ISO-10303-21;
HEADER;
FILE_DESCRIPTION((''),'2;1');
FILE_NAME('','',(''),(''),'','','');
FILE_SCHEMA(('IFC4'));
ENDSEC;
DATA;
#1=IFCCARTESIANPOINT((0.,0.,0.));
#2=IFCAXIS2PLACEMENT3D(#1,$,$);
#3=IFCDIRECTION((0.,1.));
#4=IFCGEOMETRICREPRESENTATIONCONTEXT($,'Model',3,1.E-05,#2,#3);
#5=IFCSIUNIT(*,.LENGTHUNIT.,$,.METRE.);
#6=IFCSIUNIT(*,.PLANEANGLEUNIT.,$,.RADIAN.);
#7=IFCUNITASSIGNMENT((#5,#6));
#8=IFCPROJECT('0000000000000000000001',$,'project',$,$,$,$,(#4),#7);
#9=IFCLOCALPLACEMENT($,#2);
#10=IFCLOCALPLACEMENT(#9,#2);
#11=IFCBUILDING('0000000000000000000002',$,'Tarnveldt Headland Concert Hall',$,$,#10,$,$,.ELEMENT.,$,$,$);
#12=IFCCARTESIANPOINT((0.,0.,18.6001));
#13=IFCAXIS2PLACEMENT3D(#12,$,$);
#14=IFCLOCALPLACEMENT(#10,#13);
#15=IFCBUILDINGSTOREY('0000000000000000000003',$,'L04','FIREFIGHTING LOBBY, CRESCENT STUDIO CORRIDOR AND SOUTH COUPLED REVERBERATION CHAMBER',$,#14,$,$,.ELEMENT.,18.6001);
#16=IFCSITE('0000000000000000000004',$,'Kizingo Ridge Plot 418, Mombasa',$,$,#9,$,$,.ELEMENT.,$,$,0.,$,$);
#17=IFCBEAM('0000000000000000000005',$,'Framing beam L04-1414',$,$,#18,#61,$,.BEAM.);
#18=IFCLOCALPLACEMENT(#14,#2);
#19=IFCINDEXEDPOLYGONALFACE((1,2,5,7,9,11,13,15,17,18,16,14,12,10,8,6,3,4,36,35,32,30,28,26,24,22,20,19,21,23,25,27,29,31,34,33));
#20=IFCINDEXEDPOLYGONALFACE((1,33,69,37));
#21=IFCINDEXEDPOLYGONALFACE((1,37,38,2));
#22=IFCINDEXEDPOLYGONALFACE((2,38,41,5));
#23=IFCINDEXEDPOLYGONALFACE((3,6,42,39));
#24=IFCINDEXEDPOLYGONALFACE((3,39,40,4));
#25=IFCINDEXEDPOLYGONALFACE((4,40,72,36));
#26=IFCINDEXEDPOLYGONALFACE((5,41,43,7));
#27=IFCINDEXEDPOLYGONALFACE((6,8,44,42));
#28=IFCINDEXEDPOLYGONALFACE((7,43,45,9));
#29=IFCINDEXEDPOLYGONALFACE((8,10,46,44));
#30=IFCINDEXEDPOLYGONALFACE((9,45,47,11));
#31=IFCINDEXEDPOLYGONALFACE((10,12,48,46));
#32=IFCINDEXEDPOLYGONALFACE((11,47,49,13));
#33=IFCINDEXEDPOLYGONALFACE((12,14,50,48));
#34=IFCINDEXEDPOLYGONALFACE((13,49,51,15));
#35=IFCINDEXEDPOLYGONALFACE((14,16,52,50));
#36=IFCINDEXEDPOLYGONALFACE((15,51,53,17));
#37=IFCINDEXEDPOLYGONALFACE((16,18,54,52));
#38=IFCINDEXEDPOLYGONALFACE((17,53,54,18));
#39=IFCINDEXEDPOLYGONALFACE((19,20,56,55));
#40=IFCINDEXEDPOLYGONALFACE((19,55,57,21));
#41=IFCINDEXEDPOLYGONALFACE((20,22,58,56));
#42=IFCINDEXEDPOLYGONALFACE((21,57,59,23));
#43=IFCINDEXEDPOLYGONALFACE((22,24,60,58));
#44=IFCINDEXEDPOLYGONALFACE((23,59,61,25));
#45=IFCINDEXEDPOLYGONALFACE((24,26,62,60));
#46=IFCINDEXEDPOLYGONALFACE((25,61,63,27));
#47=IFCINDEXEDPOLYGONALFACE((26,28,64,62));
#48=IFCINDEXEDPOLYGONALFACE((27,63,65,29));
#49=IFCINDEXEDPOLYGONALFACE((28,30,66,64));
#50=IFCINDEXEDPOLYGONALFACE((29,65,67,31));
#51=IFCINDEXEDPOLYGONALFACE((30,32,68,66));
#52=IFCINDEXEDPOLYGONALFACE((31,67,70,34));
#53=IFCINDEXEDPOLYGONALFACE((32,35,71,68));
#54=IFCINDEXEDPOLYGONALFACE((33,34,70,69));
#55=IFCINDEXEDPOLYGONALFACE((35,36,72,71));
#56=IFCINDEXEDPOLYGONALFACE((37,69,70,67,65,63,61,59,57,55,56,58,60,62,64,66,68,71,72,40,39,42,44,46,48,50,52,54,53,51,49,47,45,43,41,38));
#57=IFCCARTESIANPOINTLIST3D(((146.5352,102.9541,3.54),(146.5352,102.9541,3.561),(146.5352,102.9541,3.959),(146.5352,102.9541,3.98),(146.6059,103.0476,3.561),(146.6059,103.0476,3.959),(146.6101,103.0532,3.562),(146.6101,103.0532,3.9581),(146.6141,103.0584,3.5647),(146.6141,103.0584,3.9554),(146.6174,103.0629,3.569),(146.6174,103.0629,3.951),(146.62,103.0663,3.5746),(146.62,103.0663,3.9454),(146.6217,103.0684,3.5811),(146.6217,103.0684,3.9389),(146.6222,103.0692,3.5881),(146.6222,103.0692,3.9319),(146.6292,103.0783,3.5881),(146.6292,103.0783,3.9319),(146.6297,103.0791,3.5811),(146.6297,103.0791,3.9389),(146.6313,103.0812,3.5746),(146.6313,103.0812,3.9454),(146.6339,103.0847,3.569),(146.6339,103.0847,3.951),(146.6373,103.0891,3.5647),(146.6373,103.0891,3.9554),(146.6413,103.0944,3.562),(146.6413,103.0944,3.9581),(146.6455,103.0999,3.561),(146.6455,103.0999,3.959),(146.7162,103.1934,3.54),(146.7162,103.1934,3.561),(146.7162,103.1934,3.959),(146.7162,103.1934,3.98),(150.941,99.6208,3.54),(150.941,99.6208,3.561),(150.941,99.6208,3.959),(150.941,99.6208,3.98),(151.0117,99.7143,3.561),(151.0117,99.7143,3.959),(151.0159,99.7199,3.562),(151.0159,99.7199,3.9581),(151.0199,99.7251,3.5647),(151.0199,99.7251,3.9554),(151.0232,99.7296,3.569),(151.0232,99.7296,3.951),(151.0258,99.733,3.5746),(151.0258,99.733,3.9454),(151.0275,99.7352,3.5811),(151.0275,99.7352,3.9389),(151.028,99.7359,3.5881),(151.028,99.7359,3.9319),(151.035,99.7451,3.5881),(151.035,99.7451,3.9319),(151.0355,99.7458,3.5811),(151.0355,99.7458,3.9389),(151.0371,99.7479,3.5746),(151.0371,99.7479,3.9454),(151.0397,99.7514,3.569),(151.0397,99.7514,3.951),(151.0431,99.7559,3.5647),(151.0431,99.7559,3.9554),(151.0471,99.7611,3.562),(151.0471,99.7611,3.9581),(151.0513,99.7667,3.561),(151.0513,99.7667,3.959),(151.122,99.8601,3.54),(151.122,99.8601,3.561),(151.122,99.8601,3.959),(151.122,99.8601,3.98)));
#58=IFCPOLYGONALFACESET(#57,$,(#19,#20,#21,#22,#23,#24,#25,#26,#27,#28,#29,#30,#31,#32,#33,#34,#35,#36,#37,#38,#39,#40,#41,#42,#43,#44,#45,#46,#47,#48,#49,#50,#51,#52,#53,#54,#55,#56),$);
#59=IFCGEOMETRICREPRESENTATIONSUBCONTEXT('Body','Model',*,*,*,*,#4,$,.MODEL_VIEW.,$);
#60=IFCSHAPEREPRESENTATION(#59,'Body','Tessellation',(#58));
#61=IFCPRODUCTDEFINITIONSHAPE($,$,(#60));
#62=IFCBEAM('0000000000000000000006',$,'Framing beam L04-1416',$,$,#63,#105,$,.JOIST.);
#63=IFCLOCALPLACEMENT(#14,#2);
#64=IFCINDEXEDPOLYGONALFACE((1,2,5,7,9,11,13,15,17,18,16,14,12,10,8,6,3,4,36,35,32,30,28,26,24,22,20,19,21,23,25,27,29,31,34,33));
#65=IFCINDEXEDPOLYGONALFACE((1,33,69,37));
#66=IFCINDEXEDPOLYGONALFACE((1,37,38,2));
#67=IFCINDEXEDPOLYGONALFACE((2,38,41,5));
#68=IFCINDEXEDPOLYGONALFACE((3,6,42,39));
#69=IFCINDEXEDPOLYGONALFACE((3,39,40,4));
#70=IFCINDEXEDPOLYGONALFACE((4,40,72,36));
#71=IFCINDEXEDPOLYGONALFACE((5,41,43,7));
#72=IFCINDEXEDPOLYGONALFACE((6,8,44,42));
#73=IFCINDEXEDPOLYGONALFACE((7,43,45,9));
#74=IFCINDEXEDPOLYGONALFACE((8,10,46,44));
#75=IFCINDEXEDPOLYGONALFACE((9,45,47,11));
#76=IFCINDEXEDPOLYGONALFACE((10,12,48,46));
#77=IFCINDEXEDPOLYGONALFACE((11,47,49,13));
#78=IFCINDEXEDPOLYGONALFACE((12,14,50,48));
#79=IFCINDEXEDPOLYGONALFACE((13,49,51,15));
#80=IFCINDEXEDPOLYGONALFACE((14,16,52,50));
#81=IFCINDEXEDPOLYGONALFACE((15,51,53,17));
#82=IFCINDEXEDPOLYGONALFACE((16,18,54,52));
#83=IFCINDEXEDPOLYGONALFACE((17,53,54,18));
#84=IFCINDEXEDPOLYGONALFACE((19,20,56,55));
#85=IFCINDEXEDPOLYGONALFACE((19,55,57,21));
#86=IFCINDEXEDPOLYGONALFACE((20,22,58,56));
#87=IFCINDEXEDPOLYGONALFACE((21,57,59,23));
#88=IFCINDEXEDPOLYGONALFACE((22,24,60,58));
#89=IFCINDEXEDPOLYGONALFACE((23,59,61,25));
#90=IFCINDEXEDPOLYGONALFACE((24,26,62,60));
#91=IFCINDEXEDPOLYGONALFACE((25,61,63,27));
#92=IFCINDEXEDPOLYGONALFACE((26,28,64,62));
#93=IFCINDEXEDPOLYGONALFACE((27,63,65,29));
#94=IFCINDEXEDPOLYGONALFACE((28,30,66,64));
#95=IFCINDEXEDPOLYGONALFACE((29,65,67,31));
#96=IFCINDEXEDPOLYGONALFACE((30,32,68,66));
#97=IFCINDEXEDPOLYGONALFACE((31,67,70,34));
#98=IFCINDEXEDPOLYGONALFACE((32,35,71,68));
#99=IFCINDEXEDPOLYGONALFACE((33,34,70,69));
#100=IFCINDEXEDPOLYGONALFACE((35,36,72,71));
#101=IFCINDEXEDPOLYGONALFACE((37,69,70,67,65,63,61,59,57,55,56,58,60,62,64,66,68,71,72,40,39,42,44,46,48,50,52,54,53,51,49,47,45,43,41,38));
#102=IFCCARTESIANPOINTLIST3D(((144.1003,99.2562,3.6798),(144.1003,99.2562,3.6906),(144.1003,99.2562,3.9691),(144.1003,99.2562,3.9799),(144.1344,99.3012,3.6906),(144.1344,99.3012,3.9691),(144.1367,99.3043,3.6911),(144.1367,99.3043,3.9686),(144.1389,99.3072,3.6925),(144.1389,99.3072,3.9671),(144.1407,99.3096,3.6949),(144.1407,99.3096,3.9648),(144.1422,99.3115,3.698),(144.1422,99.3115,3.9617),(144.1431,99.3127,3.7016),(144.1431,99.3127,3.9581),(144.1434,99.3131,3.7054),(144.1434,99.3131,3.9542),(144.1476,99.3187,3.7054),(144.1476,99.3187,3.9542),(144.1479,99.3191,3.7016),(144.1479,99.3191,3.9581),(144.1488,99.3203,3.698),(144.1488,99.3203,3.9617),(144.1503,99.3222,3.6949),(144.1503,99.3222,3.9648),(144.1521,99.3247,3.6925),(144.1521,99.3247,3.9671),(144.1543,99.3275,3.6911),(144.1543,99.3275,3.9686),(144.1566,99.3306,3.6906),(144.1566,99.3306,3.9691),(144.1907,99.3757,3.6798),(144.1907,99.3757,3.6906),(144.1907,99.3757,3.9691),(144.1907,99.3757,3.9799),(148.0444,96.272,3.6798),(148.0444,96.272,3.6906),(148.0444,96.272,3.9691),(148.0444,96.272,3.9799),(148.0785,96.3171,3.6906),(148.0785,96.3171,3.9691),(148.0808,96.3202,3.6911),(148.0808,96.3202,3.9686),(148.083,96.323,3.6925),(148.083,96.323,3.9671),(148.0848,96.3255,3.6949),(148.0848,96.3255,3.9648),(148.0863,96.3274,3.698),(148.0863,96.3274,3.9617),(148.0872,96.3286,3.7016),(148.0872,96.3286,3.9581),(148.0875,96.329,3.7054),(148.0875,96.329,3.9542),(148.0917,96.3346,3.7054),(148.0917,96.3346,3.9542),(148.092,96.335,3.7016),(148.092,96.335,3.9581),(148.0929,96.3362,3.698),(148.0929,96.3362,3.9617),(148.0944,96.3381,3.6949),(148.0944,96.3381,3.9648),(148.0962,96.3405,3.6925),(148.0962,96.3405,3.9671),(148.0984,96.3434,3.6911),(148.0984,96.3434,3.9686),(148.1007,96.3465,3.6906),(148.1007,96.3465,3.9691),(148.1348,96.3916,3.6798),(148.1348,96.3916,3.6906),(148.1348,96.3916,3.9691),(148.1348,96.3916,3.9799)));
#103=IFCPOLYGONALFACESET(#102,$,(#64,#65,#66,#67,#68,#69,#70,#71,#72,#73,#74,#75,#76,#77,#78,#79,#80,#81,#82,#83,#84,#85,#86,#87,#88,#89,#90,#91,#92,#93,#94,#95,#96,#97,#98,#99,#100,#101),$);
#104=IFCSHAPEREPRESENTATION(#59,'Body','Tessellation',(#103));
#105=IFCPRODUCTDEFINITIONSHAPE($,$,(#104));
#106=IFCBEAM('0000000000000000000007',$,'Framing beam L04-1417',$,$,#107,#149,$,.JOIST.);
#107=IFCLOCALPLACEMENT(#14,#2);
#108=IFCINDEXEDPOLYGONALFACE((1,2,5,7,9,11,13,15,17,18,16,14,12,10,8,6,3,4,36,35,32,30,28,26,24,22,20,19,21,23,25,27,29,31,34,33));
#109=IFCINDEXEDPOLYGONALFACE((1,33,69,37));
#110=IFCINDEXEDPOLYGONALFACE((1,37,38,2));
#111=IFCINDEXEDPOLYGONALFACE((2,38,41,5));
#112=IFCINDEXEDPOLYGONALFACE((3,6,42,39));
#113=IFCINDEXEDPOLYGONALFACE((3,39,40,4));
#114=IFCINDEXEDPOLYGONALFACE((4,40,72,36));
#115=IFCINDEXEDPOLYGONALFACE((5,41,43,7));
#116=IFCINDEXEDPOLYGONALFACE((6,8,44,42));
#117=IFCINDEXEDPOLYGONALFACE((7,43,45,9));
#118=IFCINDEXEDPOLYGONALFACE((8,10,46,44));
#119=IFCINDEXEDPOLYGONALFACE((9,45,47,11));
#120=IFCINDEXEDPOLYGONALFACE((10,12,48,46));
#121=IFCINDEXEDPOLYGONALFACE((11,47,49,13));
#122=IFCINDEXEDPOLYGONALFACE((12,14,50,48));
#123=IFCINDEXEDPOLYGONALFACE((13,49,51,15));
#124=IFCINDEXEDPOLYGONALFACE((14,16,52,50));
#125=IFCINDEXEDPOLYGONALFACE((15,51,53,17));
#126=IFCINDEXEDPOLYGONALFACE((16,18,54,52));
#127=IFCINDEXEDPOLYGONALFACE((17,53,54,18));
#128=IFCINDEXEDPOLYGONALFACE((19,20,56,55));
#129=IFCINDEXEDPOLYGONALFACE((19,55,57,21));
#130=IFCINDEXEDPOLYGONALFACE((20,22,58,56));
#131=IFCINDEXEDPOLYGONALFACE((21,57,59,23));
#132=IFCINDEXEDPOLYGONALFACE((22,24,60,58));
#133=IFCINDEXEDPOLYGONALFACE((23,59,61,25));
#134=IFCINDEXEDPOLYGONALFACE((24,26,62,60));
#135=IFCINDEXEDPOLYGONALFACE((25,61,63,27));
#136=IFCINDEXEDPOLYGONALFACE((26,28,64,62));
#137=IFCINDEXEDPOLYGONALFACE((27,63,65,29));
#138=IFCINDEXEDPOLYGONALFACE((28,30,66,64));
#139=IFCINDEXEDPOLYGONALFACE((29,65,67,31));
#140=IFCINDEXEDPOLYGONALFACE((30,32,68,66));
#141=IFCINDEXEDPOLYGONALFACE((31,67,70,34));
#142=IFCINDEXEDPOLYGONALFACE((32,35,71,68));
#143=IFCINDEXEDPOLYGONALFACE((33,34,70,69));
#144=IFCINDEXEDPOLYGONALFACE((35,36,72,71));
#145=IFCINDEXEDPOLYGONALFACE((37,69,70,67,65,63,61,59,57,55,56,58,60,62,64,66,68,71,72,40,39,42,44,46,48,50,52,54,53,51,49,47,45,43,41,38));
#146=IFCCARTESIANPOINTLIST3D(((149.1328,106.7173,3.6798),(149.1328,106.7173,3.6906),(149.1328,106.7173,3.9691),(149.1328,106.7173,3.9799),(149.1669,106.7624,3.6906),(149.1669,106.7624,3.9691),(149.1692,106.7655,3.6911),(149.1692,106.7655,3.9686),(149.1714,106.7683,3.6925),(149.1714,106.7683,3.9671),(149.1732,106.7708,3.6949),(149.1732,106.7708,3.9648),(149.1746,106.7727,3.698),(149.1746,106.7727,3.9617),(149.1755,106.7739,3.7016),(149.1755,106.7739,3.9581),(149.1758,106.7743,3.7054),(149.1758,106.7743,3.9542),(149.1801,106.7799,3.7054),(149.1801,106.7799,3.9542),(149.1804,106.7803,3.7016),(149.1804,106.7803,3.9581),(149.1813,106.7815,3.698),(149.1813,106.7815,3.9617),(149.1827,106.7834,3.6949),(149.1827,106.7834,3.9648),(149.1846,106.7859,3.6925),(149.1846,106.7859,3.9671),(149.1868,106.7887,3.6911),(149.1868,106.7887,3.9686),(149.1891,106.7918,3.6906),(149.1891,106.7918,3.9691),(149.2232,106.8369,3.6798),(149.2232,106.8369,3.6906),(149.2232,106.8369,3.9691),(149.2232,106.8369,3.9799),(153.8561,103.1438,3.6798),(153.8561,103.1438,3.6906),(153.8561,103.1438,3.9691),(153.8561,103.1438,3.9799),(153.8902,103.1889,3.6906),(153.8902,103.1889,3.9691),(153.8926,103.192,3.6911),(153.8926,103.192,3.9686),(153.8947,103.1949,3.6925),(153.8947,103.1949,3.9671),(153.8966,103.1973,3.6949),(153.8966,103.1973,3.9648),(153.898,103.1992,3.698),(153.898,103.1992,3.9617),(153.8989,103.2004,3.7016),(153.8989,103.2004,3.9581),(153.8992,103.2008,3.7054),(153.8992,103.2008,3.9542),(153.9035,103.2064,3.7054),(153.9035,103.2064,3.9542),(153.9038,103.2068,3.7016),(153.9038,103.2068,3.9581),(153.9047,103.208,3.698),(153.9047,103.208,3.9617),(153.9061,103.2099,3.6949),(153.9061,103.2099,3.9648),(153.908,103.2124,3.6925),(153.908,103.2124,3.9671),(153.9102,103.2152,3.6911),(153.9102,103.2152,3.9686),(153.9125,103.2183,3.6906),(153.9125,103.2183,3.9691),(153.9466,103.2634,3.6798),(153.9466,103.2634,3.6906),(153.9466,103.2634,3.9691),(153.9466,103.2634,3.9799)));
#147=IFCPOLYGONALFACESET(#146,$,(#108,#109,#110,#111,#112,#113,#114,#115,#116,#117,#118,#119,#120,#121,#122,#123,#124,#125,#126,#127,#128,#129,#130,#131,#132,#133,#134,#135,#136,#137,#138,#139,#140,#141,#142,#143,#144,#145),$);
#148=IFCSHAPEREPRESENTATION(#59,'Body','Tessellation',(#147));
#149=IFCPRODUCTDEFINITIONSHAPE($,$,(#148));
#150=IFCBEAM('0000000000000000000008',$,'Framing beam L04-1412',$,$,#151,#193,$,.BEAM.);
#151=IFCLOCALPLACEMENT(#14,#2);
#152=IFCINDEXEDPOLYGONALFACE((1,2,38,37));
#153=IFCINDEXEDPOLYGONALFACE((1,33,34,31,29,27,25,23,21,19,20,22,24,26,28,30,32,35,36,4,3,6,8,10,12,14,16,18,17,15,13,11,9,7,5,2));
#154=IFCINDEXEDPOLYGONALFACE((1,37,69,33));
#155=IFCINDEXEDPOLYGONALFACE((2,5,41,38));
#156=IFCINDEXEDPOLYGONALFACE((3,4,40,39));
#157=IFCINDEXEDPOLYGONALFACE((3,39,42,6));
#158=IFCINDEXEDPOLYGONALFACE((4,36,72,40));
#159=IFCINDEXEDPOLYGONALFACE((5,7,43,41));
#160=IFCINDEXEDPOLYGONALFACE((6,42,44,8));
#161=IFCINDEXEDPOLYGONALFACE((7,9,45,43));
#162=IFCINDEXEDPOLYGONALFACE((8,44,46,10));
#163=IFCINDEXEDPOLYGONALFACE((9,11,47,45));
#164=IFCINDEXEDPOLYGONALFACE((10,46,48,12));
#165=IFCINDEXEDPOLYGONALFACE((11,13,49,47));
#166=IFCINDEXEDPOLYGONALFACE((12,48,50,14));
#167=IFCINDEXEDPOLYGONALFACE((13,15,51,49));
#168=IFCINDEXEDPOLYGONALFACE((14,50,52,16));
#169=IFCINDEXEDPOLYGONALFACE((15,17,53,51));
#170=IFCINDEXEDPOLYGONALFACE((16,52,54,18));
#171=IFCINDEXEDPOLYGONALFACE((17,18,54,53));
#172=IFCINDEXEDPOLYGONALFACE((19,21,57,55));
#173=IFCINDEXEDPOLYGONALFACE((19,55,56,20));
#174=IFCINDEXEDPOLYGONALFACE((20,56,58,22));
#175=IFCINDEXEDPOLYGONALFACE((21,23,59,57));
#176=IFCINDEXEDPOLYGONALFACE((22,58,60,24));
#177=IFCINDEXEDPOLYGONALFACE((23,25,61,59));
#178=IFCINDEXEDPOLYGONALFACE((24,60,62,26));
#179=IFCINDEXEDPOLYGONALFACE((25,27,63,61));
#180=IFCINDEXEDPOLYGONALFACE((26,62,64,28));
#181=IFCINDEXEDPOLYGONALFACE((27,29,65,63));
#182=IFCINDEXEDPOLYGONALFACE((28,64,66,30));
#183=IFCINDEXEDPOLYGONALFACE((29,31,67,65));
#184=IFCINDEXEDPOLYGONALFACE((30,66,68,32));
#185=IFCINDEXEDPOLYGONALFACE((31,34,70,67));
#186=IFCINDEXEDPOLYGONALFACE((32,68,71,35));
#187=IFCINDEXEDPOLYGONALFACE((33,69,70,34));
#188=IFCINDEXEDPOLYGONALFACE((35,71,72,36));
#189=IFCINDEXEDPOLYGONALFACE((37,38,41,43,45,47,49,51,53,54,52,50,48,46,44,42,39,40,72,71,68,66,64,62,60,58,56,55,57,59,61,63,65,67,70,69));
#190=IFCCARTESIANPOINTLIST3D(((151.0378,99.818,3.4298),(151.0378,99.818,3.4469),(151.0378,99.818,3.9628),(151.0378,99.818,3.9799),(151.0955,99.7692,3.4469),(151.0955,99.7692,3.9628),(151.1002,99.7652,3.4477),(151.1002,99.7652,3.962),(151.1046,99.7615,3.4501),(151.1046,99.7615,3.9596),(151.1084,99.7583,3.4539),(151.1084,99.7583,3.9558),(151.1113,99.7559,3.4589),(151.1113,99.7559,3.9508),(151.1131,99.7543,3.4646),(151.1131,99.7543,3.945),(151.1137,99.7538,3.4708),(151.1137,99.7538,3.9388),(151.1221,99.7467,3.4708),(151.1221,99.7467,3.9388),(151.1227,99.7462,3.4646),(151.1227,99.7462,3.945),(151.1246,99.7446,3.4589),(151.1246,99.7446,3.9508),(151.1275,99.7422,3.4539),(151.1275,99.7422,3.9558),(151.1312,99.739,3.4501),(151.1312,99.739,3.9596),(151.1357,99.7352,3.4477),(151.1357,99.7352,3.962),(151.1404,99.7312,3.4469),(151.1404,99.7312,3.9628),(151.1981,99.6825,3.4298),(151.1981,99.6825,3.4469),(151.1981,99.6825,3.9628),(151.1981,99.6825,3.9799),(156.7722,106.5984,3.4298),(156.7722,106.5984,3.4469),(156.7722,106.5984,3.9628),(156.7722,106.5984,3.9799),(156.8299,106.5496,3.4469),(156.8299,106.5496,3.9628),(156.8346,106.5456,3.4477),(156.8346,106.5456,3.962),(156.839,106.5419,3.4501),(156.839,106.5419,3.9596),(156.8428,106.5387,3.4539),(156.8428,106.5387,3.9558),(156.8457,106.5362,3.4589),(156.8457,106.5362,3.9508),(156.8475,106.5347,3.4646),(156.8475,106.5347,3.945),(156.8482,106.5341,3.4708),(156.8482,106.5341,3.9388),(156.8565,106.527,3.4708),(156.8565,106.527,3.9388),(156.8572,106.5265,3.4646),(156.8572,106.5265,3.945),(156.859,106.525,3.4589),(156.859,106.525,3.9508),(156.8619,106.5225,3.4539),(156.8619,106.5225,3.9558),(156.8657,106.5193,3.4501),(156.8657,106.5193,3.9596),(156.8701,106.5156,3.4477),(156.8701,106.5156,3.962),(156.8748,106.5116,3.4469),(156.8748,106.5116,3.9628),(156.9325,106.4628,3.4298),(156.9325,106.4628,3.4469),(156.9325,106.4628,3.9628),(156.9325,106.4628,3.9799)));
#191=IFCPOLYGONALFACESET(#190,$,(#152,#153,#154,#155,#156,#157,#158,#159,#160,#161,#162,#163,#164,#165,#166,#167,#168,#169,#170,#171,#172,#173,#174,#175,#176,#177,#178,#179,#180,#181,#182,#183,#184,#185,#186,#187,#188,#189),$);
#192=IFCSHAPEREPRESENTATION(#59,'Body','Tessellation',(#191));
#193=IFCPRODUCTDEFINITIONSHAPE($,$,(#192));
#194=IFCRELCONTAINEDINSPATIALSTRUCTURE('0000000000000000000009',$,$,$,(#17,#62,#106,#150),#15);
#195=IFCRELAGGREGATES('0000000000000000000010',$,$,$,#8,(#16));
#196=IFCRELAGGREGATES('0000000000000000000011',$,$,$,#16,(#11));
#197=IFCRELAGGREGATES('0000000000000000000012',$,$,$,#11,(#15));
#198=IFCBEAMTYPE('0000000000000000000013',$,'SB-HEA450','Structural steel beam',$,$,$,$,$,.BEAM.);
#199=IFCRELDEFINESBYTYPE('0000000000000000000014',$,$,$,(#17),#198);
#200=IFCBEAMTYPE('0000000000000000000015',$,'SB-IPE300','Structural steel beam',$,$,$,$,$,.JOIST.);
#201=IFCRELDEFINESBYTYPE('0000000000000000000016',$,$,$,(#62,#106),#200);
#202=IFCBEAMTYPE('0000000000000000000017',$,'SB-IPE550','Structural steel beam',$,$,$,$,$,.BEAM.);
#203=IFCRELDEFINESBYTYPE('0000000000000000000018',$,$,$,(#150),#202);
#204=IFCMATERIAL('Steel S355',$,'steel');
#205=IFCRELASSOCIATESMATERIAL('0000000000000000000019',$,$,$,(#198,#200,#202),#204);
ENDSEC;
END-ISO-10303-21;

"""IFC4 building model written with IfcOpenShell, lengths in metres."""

from ifc_helpers import new_model, si_unit, direction, frame, origin, origin_2d, place, context, subcontext, project, spatial, i_section, extrude, material, material_profile, profile_set, type_object, element, save


model = new_model("IFC4")

# Units and contexts
model_context = context("Model", 3, precision=1e-05, world=origin(), true_north=direction((0.0, 1.0)))
body_context = subcontext(model_context, "Body", "Model", "MODEL_VIEW")
ifc_project = project(units=[si_unit("LENGTHUNIT", "METRE"), si_unit("PLANEANGLEUNIT", "RADIAN")], contexts=[model_context])

# Site, building, storey
site_placement = place(None, origin())
site = spatial("IfcSite", under=ifc_project, at=site_placement, Name="Kizingo Ridge Plot 418, Mombasa", CompositionType="ELEMENT", RefElevation=0.0)
building_placement = place(site_placement, origin())
building = spatial("IfcBuilding", under=site, at=building_placement, Name="Tarnveldt Headland Concert Hall", CompositionType="ELEMENT")
storey_placement = place(building_placement, frame((0.0, 0.0, 18.6001)))
storey = spatial("IfcBuildingStorey", under=building, at=storey_placement, Name="L04", Description="FIREFIGHTING LOBBY, CRESCENT STUDIO CORRIDOR AND SOUTH COUPLED REVERBERATION CHAMBER", CompositionType="ELEMENT", Elevation=18.6001)

# Shared definitions
ifc_material_1 = material(Name="Steel S355", Category="steel")

# Beams
ifc_material_profile_1 = material_profile(ifc_material_1, i_section(OverallWidth=0.3, OverallDepth=0.4399, WebThickness=0.0115, FlangeThickness=0.021, FilletRadius=0.0271, at=origin_2d()), Name="HEA450", Category="steel")
ifc_profile_set_1 = profile_set([ifc_material_profile_1], Name="Steel S355")
beam_type_1 = type_object("IfcBeamType", Name="SB-HEA450", Description="Structural steel beam", PredefinedType="BEAM", material=ifc_profile_set_1)
beam_1_placement = place(storey_placement, frame((151.0315, 99.7405, 3.76), z_axis=(-0.797479, 0.603346, 0.0), x_axis=(-0.603346, -0.797479, 0.0)))
element("IfcBeam", 1, at=beam_1_placement, inside=storey, type_object=beam_type_1, Name="Framing beam L04-1414", PredefinedType="BEAM", context=body_context, shape_type="SweptSolid", body=[
    extrude(i_section(OverallWidth=0.3, OverallDepth=0.4399, WebThickness=0.0115, FlangeThickness=0.021, FilletRadius=0.0271, at=origin_2d()), origin(), (0.0, 0.0, 1.0), 5.5247),
])
ifc_material_profile_2 = material_profile(ifc_material_1, i_section(OverallWidth=0.1499, OverallDepth=0.3, WebThickness=0.0071, FlangeThickness=0.0107, FilletRadius=0.0149, at=origin_2d()), Name="IPE300", Category="steel")
ifc_profile_set_2 = profile_set([ifc_material_profile_2], Name="Steel S355")
beam_type_2 = type_object("IfcBeamType", Name="SB-IPE300", Description="Structural steel beam", PredefinedType="JOIST", material=ifc_profile_set_2)
beam_2_placement = place(storey_placement, frame((148.0896, 96.3318, 3.8298), z_axis=(-0.797464, 0.603367, 0.0), x_axis=(-0.603367, -0.797464, 0.0)))
element("IfcBeam", 2, at=beam_2_placement, inside=storey, type_object=beam_type_2, Name="Framing beam L04-1416", PredefinedType="JOIST", context=body_context, shape_type="SweptSolid", body=[
    extrude(i_section(OverallWidth=0.1499, OverallDepth=0.3, WebThickness=0.0071, FlangeThickness=0.0107, FilletRadius=0.0149, at=origin_2d()), origin(), (0.0, 0.0, 1.0), 4.9458),
])
beam_3_placement = place(storey_placement, frame((153.9014, 103.2036, 3.8298), z_axis=(-0.797485, 0.603339, 0.0), x_axis=(-0.603339, -0.797485, 0.0)))
element("IfcBeam", 3, at=beam_3_placement, inside=storey, type_object=beam_type_2, Name="Framing beam L04-1417", PredefinedType="JOIST", context=body_context, shape_type="SweptSolid", body=[
    extrude(i_section(OverallWidth=0.1499, OverallDepth=0.3, WebThickness=0.0071, FlangeThickness=0.0107, FilletRadius=0.0149, at=origin_2d()), origin(), (0.0, 0.0, 1.0), 5.9229),
])
ifc_material_profile_3 = material_profile(ifc_material_1, i_section(OverallWidth=0.21, OverallDepth=0.55, WebThickness=0.011, FlangeThickness=0.0171, FilletRadius=0.0239, at=origin_2d()), Name="IPE550", Category="steel")
ifc_profile_set_3 = profile_set([ifc_material_profile_3], Name="Steel S355")
beam_type_3 = type_object("IfcBeamType", Name="SB-IPE550", Description="Structural steel beam", PredefinedType="BEAM", material=ifc_profile_set_3)
beam_4_placement = place(storey_placement, frame((151.1179, 99.7502, 3.7048), z_axis=(0.64576, 0.763541, 0.0), x_axis=(-0.763541, 0.64576, 0.0)))
element("IfcBeam", 4, at=beam_4_placement, inside=storey, type_object=beam_type_3, Name="Framing beam L04-1412", PredefinedType="BEAM", context=body_context, shape_type="SweptSolid", body=[
    extrude(i_section(OverallWidth=0.21, OverallDepth=0.55, WebThickness=0.011, FlangeThickness=0.0171, FilletRadius=0.0239, at=origin_2d()), origin(), (0.0, 0.0, 1.0), 8.8801),
])

save(model, "model.ifc")
